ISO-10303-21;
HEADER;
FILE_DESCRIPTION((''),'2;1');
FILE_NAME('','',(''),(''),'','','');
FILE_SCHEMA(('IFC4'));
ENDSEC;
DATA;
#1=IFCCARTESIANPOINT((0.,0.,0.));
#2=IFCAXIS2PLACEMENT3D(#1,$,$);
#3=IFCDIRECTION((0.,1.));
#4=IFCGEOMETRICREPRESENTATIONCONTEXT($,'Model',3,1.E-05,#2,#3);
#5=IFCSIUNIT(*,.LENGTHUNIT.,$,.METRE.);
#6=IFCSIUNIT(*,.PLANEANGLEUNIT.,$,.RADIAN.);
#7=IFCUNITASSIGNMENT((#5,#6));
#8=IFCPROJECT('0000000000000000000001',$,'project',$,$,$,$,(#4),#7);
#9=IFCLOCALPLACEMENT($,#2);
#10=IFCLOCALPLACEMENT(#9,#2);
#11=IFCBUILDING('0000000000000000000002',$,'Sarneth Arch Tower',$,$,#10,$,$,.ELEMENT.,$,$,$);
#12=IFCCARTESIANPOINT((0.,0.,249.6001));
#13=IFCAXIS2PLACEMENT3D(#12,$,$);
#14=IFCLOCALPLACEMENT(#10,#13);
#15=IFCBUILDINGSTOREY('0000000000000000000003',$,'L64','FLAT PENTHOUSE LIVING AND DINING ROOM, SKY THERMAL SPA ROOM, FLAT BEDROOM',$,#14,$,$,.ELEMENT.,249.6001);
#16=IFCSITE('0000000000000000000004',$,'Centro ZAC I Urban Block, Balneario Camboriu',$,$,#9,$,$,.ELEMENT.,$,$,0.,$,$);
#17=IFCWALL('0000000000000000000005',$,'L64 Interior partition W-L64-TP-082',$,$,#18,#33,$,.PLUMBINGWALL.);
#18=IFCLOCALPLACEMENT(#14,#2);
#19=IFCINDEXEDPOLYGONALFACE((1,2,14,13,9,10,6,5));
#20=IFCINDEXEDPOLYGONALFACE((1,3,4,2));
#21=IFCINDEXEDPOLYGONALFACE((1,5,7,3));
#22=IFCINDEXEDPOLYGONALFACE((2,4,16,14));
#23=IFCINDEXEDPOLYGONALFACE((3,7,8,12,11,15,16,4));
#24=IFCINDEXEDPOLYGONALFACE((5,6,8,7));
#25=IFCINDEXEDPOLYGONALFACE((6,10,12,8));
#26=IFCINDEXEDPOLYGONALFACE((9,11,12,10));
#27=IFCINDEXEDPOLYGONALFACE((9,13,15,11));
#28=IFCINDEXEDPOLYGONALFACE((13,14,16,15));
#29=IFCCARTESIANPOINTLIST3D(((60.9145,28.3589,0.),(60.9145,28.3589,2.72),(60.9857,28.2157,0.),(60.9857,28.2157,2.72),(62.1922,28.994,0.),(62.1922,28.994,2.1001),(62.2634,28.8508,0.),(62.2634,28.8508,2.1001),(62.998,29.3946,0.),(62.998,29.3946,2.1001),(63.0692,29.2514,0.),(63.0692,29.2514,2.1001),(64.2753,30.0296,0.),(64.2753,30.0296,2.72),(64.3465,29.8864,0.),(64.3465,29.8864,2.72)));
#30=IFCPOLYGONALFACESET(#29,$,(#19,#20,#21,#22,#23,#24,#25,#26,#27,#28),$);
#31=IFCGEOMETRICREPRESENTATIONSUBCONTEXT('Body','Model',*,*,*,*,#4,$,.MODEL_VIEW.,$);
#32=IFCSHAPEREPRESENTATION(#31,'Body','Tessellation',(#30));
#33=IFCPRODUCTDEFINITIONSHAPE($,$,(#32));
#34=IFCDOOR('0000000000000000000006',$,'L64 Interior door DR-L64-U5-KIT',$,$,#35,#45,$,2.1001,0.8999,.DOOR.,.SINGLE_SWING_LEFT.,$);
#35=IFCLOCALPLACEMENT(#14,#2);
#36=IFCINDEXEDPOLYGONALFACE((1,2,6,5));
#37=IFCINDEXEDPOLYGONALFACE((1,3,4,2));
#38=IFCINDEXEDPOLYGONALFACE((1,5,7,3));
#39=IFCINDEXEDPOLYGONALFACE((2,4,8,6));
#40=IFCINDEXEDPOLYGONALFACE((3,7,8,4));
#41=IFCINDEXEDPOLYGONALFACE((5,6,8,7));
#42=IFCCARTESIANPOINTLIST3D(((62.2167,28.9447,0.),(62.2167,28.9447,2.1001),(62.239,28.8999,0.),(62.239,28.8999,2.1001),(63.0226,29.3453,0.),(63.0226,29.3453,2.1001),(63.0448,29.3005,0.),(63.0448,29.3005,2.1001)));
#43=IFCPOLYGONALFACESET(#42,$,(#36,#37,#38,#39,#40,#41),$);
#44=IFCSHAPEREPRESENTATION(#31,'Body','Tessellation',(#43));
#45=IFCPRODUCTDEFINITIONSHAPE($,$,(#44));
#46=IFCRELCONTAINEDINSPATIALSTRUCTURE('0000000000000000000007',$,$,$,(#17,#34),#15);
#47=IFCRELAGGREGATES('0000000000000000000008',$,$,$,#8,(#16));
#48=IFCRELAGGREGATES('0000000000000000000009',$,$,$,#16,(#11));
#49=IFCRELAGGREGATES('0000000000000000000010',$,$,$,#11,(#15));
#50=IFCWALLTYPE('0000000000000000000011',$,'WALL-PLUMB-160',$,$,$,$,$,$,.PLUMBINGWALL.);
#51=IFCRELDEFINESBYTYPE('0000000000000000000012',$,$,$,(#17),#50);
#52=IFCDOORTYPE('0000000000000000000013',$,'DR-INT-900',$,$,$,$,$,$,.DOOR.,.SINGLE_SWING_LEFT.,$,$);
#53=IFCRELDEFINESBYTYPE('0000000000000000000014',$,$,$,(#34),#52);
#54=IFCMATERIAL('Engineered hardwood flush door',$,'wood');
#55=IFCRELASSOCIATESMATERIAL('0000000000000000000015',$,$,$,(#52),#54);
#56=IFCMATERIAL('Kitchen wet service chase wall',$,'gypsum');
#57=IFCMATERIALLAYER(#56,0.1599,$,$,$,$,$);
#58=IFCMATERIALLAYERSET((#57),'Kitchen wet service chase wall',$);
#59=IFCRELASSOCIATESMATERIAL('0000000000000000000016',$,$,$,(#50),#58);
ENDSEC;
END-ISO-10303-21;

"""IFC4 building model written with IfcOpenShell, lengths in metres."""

from ifc_helpers import new_model, si_unit, direction, frame, frame_2d, origin, place, context, subcontext, project, spatial, rectangle, extrude, material, layer, layer_set, type_object, element, fill, save


model = new_model("IFC4")

# Units and contexts
model_context = context("Model", 3, precision=1e-05, world=origin(), true_north=direction((0.0, 1.0)))
body_context = subcontext(model_context, "Body", "Model", "MODEL_VIEW")
ifc_project = project(units=[si_unit("LENGTHUNIT", "METRE"), si_unit("PLANEANGLEUNIT", "RADIAN")], contexts=[model_context])

# Site, building, storey
site_placement = place(None, origin())
site = spatial("IfcSite", under=ifc_project, at=site_placement, Name="Centro ZAC I Urban Block, Balneario Camboriu", CompositionType="ELEMENT", RefElevation=0.0)
building_placement = place(site_placement, origin())
building = spatial("IfcBuilding", under=site, at=building_placement, Name="Sarneth Arch Tower", CompositionType="ELEMENT")
storey_placement = place(building_placement, frame((0.0, 0.0, 249.6001)))
storey = spatial("IfcBuildingStorey", under=building, at=storey_placement, Name="L64", Description="FLAT PENTHOUSE LIVING AND DINING ROOM, SKY THERMAL SPA ROOM, FLAT BEDROOM", CompositionType="ELEMENT", Elevation=249.6001)

# Wall, opening, door
ifc_material_1 = material(Name="Engineered hardwood flush door", Category="wood")
door_type = type_object("IfcDoorType", Name="DR-INT-900", OperationType="SINGLE_SWING_LEFT", PredefinedType="DOOR", material=ifc_material_1)
ifc_material_2 = material(Name="Kitchen wet service chase wall", Category="gypsum")
ifc_layer_1 = layer(ifc_material_2, 0.1599)
ifc_layer_set_1 = layer_set([ifc_layer_1], Name="Kitchen wet service chase wall")
wall_type_1 = type_object("IfcWallType", Name="WALL-PLUMB-160", PredefinedType="PLUMBINGWALL", material=ifc_layer_set_1)
wall_1_placement = place(storey_placement, frame((60.9502, 28.2874, 0.0), z_axis=(0.0, 0.0, 1.0), x_axis=(0.895466, 0.445131, 0.0)))
wall_1 = element("IfcWall", 1, at=wall_1_placement, inside=storey, type_object=wall_type_1, Name="L64 Interior partition W-L64-TP-082", PredefinedType="PLUMBINGWALL", context=body_context, shape_type="SweptSolid", body=[
    extrude(rectangle(XDim=3.7532, YDim=0.1599, at=frame_2d((1.8765, 0.0))), origin(), (0.0, 0.0, 1.0), 2.72),
])
opening_1_placement = place(wall_1_placement, frame((1.4268, 0.0, 0.0)))
opening_1 = element("IfcOpeningElement", 2, at=opening_1_placement, cuts=wall_1, PredefinedType="OPENING", context=body_context, shape_type="SweptSolid", body=[
    extrude(rectangle(XDim=0.8999, YDim=2.1001, at=frame_2d((0.45, 1.05))), frame((0.0, 0.0898, 0.0), z_axis=(0.0, -1.0, 0.0), x_axis=(1.0, 0.0, 0.0)), (0.0, 0.0, 1.0), 0.1799),
])
door_1_placement = place(opening_1_placement, origin())
door_1 = element("IfcDoor", 3, at=door_1_placement, inside=storey, type_object=door_type, Name="L64 Interior door DR-L64-U5-KIT", OperationType="SINGLE_SWING_LEFT", OverallHeight=2.1001, OverallWidth=0.8999, PredefinedType="DOOR", context=body_context, shape_type="SweptSolid", body=[
    extrude(rectangle(XDim=0.8999, YDim=2.1001, at=frame_2d((0.45, 1.05))), frame((0.0, 0.0249, 0.0), z_axis=(0.0, -1.0, 0.0), x_axis=(1.0, 0.0, 0.0)), (0.0, 0.0, 1.0), 0.05),
])
fill(opening_1, door_1)

save(model, "model.ifc")
